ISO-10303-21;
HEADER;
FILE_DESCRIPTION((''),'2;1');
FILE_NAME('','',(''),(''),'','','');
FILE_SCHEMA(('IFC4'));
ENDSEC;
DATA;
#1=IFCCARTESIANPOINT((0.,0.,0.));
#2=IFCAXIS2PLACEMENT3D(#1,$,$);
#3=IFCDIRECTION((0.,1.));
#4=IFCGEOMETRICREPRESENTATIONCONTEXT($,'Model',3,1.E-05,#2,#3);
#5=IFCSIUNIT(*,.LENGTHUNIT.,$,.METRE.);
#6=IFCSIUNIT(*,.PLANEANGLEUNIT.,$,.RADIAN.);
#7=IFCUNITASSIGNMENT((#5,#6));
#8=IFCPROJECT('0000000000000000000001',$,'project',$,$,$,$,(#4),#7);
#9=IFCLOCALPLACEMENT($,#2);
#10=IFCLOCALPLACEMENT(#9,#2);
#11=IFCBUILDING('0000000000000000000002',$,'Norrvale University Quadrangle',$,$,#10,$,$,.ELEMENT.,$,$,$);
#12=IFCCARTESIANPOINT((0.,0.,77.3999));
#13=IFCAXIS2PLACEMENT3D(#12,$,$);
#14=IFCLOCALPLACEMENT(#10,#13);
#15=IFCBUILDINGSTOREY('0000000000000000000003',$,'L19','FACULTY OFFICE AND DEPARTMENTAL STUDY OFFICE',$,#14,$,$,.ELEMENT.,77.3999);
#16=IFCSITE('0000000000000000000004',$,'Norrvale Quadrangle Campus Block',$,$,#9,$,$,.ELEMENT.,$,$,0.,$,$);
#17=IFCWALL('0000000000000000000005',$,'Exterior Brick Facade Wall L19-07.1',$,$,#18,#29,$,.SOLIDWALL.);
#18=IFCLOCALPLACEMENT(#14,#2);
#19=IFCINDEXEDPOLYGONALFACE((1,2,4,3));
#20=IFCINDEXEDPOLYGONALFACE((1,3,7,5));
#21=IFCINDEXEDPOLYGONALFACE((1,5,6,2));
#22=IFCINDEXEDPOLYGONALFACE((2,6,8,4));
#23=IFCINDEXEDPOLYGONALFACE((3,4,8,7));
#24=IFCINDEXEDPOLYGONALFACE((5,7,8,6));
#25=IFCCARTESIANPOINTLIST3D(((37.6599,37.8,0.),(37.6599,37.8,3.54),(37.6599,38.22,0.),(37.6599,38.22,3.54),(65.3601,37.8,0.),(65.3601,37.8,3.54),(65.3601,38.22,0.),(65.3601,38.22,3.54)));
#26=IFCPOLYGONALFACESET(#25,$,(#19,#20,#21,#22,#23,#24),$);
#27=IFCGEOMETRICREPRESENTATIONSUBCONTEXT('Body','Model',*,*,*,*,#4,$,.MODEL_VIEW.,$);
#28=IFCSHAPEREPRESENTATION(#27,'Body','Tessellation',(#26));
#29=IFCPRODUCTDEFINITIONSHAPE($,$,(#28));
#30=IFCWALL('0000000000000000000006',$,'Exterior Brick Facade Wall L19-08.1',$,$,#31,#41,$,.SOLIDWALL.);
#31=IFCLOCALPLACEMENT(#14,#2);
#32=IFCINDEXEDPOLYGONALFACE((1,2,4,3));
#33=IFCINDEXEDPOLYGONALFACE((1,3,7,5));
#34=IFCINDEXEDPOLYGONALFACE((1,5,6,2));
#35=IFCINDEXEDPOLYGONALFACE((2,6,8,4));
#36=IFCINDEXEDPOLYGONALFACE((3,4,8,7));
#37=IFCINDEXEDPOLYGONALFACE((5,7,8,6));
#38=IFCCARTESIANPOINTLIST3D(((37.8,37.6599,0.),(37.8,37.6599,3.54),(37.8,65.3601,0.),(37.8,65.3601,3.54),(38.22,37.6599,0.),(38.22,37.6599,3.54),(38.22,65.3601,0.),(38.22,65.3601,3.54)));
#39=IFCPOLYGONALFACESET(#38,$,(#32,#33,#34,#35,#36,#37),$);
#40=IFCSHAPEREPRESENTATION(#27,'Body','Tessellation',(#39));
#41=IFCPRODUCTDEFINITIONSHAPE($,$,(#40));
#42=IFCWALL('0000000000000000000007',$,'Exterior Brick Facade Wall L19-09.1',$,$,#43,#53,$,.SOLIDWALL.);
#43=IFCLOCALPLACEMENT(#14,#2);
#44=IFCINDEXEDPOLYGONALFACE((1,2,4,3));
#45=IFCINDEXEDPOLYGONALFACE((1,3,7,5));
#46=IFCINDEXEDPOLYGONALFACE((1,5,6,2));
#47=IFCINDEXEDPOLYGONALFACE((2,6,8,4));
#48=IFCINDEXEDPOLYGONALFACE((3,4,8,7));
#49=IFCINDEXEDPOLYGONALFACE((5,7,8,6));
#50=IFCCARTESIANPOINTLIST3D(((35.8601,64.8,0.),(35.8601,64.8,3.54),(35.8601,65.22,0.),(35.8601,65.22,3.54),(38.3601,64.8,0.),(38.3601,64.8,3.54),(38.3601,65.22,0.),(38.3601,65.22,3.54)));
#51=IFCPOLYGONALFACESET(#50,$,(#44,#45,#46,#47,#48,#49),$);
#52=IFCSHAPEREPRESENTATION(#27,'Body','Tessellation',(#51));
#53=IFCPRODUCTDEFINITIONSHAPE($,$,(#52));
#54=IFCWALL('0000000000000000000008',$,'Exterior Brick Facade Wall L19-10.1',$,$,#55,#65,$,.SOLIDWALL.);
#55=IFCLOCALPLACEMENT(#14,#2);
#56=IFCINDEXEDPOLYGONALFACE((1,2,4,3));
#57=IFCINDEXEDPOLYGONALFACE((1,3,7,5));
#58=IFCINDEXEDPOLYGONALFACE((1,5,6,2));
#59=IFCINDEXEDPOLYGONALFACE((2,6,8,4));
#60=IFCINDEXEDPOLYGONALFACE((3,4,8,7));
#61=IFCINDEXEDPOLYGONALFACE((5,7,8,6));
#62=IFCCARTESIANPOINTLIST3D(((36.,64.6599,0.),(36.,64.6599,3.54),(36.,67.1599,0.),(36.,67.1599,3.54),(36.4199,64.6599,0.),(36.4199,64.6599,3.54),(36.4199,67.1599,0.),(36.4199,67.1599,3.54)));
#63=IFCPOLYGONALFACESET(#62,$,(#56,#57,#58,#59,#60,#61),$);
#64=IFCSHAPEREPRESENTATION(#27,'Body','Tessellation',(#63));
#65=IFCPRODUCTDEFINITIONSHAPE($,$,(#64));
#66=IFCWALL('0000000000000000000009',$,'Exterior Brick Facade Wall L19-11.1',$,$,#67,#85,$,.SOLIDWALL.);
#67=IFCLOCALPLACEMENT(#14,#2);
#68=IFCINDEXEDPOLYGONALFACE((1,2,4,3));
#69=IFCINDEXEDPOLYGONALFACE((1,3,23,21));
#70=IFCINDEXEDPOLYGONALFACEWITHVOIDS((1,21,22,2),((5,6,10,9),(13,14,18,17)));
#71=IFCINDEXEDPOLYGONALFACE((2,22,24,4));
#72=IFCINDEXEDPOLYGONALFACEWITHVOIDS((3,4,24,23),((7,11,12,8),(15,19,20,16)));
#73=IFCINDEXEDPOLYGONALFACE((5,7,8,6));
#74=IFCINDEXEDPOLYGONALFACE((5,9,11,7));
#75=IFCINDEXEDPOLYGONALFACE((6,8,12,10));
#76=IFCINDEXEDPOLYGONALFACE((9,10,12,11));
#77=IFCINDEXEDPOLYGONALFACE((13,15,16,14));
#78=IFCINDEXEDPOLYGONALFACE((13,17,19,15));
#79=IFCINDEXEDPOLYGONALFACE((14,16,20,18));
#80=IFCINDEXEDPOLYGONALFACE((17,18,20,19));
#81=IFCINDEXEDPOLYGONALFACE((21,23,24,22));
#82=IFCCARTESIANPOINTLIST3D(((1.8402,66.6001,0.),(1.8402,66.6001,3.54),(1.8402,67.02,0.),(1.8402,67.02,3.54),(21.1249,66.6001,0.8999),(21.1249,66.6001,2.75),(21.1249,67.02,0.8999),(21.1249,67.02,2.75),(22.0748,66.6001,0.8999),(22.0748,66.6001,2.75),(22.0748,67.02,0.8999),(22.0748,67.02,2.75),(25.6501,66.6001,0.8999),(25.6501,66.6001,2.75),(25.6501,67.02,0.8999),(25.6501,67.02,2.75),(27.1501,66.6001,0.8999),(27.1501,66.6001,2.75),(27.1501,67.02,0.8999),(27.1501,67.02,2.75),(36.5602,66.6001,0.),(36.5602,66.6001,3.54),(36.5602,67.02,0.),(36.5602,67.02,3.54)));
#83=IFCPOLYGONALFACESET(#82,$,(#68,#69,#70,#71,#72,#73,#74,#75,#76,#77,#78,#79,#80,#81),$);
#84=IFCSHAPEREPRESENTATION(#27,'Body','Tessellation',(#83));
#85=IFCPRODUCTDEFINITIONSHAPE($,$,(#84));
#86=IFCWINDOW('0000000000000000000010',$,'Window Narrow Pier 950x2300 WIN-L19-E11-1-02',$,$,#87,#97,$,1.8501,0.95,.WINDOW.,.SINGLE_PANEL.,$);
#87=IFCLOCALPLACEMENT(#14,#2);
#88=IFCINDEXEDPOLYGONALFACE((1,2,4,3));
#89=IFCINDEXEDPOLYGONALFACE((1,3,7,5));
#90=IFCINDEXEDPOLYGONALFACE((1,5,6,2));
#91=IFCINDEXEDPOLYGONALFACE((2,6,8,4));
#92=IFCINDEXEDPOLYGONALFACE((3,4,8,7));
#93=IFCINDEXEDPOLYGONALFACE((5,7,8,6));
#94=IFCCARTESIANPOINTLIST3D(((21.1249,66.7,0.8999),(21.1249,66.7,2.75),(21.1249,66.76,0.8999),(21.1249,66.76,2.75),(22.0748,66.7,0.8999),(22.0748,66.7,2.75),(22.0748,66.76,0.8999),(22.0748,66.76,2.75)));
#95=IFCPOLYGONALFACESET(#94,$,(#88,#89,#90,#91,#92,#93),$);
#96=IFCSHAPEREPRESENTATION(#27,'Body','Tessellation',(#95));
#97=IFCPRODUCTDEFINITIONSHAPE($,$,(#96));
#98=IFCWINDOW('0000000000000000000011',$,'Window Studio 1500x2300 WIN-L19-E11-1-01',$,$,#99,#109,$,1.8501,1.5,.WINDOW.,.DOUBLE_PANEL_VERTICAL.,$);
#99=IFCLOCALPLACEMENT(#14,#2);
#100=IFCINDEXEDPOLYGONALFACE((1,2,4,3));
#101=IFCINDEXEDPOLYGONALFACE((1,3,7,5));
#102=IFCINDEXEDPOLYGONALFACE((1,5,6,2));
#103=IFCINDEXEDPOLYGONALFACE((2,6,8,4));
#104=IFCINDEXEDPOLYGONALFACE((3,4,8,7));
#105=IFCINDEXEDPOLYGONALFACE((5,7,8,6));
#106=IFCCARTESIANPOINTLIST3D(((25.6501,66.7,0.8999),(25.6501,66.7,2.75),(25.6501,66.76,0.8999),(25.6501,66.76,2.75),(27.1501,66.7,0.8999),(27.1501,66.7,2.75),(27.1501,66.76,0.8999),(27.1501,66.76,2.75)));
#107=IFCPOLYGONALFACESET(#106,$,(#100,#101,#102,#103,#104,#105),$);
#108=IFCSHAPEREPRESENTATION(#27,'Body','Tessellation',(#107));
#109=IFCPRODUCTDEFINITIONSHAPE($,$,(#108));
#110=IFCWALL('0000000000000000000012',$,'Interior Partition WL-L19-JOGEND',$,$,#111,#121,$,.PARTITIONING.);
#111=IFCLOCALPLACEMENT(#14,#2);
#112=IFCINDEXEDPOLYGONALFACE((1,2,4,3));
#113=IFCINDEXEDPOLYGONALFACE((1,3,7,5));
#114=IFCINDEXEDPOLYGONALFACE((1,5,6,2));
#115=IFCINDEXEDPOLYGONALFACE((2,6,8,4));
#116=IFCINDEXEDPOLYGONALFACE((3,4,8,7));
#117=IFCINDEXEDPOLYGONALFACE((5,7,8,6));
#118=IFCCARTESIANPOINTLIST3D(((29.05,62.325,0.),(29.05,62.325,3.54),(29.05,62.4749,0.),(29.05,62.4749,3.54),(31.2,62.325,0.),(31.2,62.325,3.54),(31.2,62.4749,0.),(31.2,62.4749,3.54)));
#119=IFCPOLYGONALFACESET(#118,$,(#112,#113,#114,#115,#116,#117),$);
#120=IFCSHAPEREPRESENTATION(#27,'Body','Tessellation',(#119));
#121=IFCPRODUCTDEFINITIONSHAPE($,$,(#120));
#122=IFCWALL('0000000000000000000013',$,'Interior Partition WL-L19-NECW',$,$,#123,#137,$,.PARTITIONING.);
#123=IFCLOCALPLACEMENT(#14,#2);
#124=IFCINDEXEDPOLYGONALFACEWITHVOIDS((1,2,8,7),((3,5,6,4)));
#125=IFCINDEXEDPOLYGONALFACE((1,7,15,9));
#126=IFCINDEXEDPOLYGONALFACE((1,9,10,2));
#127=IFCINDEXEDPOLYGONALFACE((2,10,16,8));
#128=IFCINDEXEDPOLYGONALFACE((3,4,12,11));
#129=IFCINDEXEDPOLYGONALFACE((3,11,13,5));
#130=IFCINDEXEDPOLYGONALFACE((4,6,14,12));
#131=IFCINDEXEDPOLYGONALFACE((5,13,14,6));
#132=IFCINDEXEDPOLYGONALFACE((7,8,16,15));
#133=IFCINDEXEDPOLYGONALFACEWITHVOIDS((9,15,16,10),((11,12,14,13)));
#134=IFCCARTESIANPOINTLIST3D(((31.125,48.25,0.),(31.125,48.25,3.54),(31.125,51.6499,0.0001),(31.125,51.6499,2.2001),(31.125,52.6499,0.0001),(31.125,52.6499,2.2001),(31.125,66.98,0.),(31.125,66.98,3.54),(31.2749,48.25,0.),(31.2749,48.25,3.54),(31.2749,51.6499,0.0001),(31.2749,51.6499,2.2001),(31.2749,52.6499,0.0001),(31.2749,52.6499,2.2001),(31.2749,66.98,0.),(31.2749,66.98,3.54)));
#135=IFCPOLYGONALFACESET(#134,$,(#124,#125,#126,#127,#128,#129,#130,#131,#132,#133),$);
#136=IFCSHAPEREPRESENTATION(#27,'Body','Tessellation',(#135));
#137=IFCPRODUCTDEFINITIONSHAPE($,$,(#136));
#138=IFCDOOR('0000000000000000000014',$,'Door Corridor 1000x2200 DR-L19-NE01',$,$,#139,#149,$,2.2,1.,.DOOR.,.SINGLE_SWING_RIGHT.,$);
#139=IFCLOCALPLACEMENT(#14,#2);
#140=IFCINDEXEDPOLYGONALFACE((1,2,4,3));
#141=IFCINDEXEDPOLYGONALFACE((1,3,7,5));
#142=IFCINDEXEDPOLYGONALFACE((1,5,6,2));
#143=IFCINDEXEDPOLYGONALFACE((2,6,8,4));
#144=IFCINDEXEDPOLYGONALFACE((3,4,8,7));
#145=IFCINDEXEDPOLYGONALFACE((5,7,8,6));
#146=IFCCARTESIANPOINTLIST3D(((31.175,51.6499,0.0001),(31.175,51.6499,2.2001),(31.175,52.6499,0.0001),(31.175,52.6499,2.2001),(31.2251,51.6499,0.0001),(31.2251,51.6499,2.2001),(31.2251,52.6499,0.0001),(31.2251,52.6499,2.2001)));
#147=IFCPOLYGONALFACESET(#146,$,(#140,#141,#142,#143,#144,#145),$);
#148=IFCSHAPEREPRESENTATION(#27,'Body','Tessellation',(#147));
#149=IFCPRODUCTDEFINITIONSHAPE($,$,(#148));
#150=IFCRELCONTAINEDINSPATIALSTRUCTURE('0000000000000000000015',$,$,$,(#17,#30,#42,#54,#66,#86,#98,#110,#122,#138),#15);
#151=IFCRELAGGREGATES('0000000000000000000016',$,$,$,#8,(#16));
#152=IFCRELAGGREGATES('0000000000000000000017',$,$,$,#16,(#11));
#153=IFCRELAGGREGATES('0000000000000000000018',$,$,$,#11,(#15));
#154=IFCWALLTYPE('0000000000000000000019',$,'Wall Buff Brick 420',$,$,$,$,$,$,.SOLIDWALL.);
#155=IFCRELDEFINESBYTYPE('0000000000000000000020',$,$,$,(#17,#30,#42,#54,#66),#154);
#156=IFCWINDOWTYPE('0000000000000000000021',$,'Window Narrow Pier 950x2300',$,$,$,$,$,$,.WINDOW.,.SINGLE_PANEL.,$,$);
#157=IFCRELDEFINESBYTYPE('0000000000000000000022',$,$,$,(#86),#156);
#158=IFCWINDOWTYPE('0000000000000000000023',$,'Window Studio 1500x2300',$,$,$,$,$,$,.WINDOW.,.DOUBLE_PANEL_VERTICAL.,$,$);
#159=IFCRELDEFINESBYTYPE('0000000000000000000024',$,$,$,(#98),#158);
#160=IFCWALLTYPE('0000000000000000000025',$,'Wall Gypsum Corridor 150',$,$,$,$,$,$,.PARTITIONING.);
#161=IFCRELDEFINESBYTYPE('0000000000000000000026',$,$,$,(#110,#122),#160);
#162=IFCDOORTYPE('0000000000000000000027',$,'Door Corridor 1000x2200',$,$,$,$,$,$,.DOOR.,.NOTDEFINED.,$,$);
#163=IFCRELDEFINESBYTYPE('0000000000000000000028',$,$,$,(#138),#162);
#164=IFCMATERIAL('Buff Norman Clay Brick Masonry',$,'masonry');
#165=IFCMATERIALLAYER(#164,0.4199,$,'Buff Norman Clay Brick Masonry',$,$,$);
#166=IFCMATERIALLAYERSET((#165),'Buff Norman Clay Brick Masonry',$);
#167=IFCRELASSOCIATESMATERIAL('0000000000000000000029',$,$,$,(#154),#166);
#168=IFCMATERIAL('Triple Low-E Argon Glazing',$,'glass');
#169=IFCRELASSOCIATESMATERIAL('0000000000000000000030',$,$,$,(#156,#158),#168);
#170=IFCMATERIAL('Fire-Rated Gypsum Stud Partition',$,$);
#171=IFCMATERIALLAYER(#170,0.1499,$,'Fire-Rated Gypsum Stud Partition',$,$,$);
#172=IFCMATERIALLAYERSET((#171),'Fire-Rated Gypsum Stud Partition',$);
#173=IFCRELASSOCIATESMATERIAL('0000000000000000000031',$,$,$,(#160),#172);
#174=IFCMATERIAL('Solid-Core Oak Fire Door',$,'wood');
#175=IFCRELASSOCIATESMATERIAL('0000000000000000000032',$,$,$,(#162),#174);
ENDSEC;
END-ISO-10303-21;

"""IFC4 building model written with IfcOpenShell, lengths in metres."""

from ifc_helpers import new_model, si_unit, direction, frame, frame_2d, origin, place, context, subcontext, project, spatial, rectangle, extrude, material, layer, layer_set, type_object, element, fill, save


model = new_model("IFC4")

# Units and contexts
model_context = context("Model", 3, precision=1e-05, world=origin(), true_north=direction((0.0, 1.0)))
body_context = subcontext(model_context, "Body", "Model", "MODEL_VIEW")
ifc_project = project(units=[si_unit("LENGTHUNIT", "METRE"), si_unit("PLANEANGLEUNIT", "RADIAN")], contexts=[model_context])

# Site, building, storey
site_placement = place(None, origin())
site = spatial("IfcSite", under=ifc_project, at=site_placement, Name="Norrvale Quadrangle Campus Block", CompositionType="ELEMENT", RefElevation=0.0)
building_placement = place(site_placement, origin())
building = spatial("IfcBuilding", under=site, at=building_placement, Name="Norrvale University Quadrangle", CompositionType="ELEMENT")
storey_placement = place(building_placement, frame((0.0, 0.0, 77.3999)))
storey = spatial("IfcBuildingStorey", under=building, at=storey_placement, Name="L19", Description="FACULTY OFFICE AND DEPARTMENTAL STUDY OFFICE", CompositionType="ELEMENT", Elevation=77.3999)

# Walls
ifc_material_1 = material(Name="Buff Norman Clay Brick Masonry", Category="masonry")
ifc_layer_1 = layer(ifc_material_1, 0.4199, Name="Buff Norman Clay Brick Masonry")
ifc_layer_set_1 = layer_set([ifc_layer_1], Name="Buff Norman Clay Brick Masonry")
wall_type_1 = type_object("IfcWallType", Name="Wall Buff Brick 420", PredefinedType="SOLIDWALL", material=ifc_layer_set_1)
for number, where, z_axis, x_axis, name in (
    (1, (65.3601, 38.01, 0.0), (0.0, 0.0, 1.0), (-1.0, 0.0, 0.0), "Exterior Brick Facade Wall L19-07.1"),
    (2, (38.01, 37.6599, 0.0), (0.0, 0.0, 1.0), (0.0, 1.0, 0.0), "Exterior Brick Facade Wall L19-08.1"),
):
    element("IfcWall", number, at=place(storey_placement, frame(where, z_axis=z_axis, x_axis=x_axis)), inside=storey, type_object=wall_type_1, Name=name, PredefinedType="SOLIDWALL", context=body_context, shape_type="SweptSolid", body=[
        extrude(rectangle(XDim=27.7002, YDim=0.4199, at=frame_2d((13.8501, 0.0))), origin(), (0.0, 0.0, 1.0), 3.54),
    ])
for number, where, z_axis, x_axis, name in (
    (3, (38.3601, 65.01, 0.0), (0.0, 0.0, 1.0), (-1.0, 0.0, 0.0), "Exterior Brick Facade Wall L19-09.1"),
    (4, (36.21, 64.6599, 0.0), (0.0, 0.0, 1.0), (0.0, 1.0, 0.0), "Exterior Brick Facade Wall L19-10.1"),
):
    element("IfcWall", number, at=place(storey_placement, frame(where, z_axis=z_axis, x_axis=x_axis)), inside=storey, type_object=wall_type_1, Name=name, PredefinedType="SOLIDWALL", context=body_context, shape_type="SweptSolid", body=[
        extrude(rectangle(XDim=2.5, YDim=0.4199, at=frame_2d((1.25, 0.0))), origin(), (0.0, 0.0, 1.0), 3.54),
    ])

# Wall, openings, windows
wall_1_placement = place(storey_placement, frame((36.5601, 66.8101, 0.0), z_axis=(0.0, 0.0, 1.0), x_axis=(-1.0, 0.0, 0.0)))
wall_1 = element("IfcWall", 5, at=wall_1_placement, inside=storey, type_object=wall_type_1, Name="Exterior Brick Facade Wall L19-11.1", PredefinedType="SOLIDWALL", context=body_context, shape_type="SweptSolid", body=[
    extrude(rectangle(XDim=34.72, YDim=0.4199, at=frame_2d((17.3599, 0.0))), origin(), (0.0, 0.0, 1.0), 3.54),
])
opening_1_placement = place(wall_1_placement, frame((9.4099, 0.0, 0.8999)))
opening_1 = element("IfcOpeningElement", 6, at=opening_1_placement, cuts=wall_1, PredefinedType="OPENING", context=body_context, shape_type="SweptSolid", body=[
    extrude(rectangle(XDim=1.5, YDim=1.8501, at=frame_2d((0.75, 0.925))), frame((0.0, 0.2219, 0.0), z_axis=(0.0, -1.0, 0.0), x_axis=(1.0, 0.0, 0.0)), (0.0, 0.0, 1.0), 0.4438),
])
opening_2_placement = place(wall_1_placement, frame((14.4851, 0.0, 0.8999)))
opening_2 = element("IfcOpeningElement", 7, at=opening_2_placement, cuts=wall_1, PredefinedType="OPENING", context=body_context, shape_type="SweptSolid", body=[
    extrude(rectangle(XDim=0.95, YDim=1.8501, at=frame_2d((0.4751, 0.925))), frame((0.0, 0.2219, 0.0), z_axis=(0.0, -1.0, 0.0), x_axis=(1.0, 0.0, 0.0)), (0.0, 0.0, 1.0), 0.4438),
])
ifc_material_2 = material(Name="Triple Low-E Argon Glazing", Category="glass")
window_type_1 = type_object("IfcWindowType", Name="Window Narrow Pier 950x2300", PartitioningType="SINGLE_PANEL", PredefinedType="WINDOW", material=ifc_material_2)
window_1_placement = place(opening_2_placement, origin())
window_1 = element("IfcWindow", 8, at=window_1_placement, inside=storey, type_object=window_type_1, Name="Window Narrow Pier 950x2300 WIN-L19-E11-1-02", OverallHeight=1.8501, OverallWidth=0.95, PartitioningType="SINGLE_PANEL", PredefinedType="WINDOW", context=body_context, shape_type="SweptSolid", body=[
    extrude(rectangle(XDim=0.95, YDim=1.8501, at=frame_2d((0.4751, 0.925))), frame((0.0, 0.1101, 0.0), z_axis=(0.0, -1.0, 0.0), x_axis=(1.0, 0.0, 0.0)), (0.0, 0.0, 1.0), 0.0601),
])
fill(opening_2, window_1)
window_type_2 = type_object("IfcWindowType", Name="Window Studio 1500x2300", PartitioningType="DOUBLE_PANEL_VERTICAL", PredefinedType="WINDOW", material=ifc_material_2)
window_2_placement = place(opening_1_placement, origin())
window_2 = element("IfcWindow", 9, at=window_2_placement, inside=storey, type_object=window_type_2, Name="Window Studio 1500x2300 WIN-L19-E11-1-01", OverallHeight=1.8501, OverallWidth=1.5, PartitioningType="DOUBLE_PANEL_VERTICAL", PredefinedType="WINDOW", context=body_context, shape_type="SweptSolid", body=[
    extrude(rectangle(XDim=1.5, YDim=1.8501, at=frame_2d((0.75, 0.925))), frame((0.0, 0.1101, 0.0), z_axis=(0.0, -1.0, 0.0), x_axis=(1.0, 0.0, 0.0)), (0.0, 0.0, 1.0), 0.0601),
])
fill(opening_1, window_2)

# Wall
ifc_material_3 = material(Name="Fire-Rated Gypsum Stud Partition")
ifc_layer_2 = layer(ifc_material_3, 0.1499, Name="Fire-Rated Gypsum Stud Partition")
ifc_layer_set_2 = layer_set([ifc_layer_2], Name="Fire-Rated Gypsum Stud Partition")
wall_type_2 = type_object("IfcWallType", Name="Wall Gypsum Corridor 150", PredefinedType="PARTITIONING", material=ifc_layer_set_2)
wall_2_placement = place(storey_placement, frame((29.05, 62.3999, 0.0), z_axis=(0.0, 0.0, 1.0), x_axis=(1.0, 0.0, 0.0)))
element("IfcWall", 10, at=wall_2_placement, inside=storey, type_object=wall_type_2, Name="Interior Partition WL-L19-JOGEND", PredefinedType="PARTITIONING", context=body_context, shape_type="SweptSolid", body=[
    extrude(rectangle(XDim=2.1499, YDim=0.1499, at=frame_2d((1.075, 0.0))), origin(), (0.0, 0.0, 1.0), 3.54),
])

# Wall, opening, door
wall_3_placement = place(storey_placement, frame((31.2, 48.25, 0.0), z_axis=(0.0, 0.0, 1.0), x_axis=(0.0, 1.0, 0.0)))
wall_3 = element("IfcWall", 11, at=wall_3_placement, inside=storey, type_object=wall_type_2, Name="Interior Partition WL-L19-NECW", PredefinedType="PARTITIONING", context=body_context, shape_type="SweptSolid", body=[
    extrude(rectangle(XDim=18.73, YDim=0.1499, at=frame_2d((9.365, 0.0))), origin(), (0.0, 0.0, 1.0), 3.54),
])
opening_3_placement = place(wall_3_placement, frame((3.3999, 0.0, 0.0)))
opening_3 = element("IfcOpeningElement", 12, at=opening_3_placement, cuts=wall_3, PredefinedType="OPENING", context=body_context, shape_type="SweptSolid", body=[
    extrude(rectangle(XDim=1.0, YDim=2.2, at=frame_2d((0.5, 1.1001))), frame((0.0, 0.0869, 0.0), z_axis=(0.0, -1.0, 0.0), x_axis=(1.0, 0.0, 0.0)), (0.0, 0.0, 1.0), 0.1738),
])
ifc_material_4 = material(Name="Solid-Core Oak Fire Door", Category="wood")
door_type = type_object("IfcDoorType", Name="Door Corridor 1000x2200", OperationType="NOTDEFINED", PredefinedType="DOOR", material=ifc_material_4)
door_placement = place(opening_3_placement, origin())
door = element("IfcDoor", 13, at=door_placement, inside=storey, type_object=door_type, Name="Door Corridor 1000x2200 DR-L19-NE01", OperationType="SINGLE_SWING_RIGHT", OverallHeight=2.2, OverallWidth=1.0, PredefinedType="DOOR", context=body_context, shape_type="SweptSolid", body=[
    extrude(rectangle(XDim=1.0, YDim=2.2, at=frame_2d((0.5, 1.1001))), frame((0.0, 0.0249, 0.0), z_axis=(0.0, -1.0, 0.0), x_axis=(1.0, 0.0, 0.0)), (0.0, 0.0, 1.0), 0.05),
])
fill(opening_3, door)

save(model, "model.ifc")
